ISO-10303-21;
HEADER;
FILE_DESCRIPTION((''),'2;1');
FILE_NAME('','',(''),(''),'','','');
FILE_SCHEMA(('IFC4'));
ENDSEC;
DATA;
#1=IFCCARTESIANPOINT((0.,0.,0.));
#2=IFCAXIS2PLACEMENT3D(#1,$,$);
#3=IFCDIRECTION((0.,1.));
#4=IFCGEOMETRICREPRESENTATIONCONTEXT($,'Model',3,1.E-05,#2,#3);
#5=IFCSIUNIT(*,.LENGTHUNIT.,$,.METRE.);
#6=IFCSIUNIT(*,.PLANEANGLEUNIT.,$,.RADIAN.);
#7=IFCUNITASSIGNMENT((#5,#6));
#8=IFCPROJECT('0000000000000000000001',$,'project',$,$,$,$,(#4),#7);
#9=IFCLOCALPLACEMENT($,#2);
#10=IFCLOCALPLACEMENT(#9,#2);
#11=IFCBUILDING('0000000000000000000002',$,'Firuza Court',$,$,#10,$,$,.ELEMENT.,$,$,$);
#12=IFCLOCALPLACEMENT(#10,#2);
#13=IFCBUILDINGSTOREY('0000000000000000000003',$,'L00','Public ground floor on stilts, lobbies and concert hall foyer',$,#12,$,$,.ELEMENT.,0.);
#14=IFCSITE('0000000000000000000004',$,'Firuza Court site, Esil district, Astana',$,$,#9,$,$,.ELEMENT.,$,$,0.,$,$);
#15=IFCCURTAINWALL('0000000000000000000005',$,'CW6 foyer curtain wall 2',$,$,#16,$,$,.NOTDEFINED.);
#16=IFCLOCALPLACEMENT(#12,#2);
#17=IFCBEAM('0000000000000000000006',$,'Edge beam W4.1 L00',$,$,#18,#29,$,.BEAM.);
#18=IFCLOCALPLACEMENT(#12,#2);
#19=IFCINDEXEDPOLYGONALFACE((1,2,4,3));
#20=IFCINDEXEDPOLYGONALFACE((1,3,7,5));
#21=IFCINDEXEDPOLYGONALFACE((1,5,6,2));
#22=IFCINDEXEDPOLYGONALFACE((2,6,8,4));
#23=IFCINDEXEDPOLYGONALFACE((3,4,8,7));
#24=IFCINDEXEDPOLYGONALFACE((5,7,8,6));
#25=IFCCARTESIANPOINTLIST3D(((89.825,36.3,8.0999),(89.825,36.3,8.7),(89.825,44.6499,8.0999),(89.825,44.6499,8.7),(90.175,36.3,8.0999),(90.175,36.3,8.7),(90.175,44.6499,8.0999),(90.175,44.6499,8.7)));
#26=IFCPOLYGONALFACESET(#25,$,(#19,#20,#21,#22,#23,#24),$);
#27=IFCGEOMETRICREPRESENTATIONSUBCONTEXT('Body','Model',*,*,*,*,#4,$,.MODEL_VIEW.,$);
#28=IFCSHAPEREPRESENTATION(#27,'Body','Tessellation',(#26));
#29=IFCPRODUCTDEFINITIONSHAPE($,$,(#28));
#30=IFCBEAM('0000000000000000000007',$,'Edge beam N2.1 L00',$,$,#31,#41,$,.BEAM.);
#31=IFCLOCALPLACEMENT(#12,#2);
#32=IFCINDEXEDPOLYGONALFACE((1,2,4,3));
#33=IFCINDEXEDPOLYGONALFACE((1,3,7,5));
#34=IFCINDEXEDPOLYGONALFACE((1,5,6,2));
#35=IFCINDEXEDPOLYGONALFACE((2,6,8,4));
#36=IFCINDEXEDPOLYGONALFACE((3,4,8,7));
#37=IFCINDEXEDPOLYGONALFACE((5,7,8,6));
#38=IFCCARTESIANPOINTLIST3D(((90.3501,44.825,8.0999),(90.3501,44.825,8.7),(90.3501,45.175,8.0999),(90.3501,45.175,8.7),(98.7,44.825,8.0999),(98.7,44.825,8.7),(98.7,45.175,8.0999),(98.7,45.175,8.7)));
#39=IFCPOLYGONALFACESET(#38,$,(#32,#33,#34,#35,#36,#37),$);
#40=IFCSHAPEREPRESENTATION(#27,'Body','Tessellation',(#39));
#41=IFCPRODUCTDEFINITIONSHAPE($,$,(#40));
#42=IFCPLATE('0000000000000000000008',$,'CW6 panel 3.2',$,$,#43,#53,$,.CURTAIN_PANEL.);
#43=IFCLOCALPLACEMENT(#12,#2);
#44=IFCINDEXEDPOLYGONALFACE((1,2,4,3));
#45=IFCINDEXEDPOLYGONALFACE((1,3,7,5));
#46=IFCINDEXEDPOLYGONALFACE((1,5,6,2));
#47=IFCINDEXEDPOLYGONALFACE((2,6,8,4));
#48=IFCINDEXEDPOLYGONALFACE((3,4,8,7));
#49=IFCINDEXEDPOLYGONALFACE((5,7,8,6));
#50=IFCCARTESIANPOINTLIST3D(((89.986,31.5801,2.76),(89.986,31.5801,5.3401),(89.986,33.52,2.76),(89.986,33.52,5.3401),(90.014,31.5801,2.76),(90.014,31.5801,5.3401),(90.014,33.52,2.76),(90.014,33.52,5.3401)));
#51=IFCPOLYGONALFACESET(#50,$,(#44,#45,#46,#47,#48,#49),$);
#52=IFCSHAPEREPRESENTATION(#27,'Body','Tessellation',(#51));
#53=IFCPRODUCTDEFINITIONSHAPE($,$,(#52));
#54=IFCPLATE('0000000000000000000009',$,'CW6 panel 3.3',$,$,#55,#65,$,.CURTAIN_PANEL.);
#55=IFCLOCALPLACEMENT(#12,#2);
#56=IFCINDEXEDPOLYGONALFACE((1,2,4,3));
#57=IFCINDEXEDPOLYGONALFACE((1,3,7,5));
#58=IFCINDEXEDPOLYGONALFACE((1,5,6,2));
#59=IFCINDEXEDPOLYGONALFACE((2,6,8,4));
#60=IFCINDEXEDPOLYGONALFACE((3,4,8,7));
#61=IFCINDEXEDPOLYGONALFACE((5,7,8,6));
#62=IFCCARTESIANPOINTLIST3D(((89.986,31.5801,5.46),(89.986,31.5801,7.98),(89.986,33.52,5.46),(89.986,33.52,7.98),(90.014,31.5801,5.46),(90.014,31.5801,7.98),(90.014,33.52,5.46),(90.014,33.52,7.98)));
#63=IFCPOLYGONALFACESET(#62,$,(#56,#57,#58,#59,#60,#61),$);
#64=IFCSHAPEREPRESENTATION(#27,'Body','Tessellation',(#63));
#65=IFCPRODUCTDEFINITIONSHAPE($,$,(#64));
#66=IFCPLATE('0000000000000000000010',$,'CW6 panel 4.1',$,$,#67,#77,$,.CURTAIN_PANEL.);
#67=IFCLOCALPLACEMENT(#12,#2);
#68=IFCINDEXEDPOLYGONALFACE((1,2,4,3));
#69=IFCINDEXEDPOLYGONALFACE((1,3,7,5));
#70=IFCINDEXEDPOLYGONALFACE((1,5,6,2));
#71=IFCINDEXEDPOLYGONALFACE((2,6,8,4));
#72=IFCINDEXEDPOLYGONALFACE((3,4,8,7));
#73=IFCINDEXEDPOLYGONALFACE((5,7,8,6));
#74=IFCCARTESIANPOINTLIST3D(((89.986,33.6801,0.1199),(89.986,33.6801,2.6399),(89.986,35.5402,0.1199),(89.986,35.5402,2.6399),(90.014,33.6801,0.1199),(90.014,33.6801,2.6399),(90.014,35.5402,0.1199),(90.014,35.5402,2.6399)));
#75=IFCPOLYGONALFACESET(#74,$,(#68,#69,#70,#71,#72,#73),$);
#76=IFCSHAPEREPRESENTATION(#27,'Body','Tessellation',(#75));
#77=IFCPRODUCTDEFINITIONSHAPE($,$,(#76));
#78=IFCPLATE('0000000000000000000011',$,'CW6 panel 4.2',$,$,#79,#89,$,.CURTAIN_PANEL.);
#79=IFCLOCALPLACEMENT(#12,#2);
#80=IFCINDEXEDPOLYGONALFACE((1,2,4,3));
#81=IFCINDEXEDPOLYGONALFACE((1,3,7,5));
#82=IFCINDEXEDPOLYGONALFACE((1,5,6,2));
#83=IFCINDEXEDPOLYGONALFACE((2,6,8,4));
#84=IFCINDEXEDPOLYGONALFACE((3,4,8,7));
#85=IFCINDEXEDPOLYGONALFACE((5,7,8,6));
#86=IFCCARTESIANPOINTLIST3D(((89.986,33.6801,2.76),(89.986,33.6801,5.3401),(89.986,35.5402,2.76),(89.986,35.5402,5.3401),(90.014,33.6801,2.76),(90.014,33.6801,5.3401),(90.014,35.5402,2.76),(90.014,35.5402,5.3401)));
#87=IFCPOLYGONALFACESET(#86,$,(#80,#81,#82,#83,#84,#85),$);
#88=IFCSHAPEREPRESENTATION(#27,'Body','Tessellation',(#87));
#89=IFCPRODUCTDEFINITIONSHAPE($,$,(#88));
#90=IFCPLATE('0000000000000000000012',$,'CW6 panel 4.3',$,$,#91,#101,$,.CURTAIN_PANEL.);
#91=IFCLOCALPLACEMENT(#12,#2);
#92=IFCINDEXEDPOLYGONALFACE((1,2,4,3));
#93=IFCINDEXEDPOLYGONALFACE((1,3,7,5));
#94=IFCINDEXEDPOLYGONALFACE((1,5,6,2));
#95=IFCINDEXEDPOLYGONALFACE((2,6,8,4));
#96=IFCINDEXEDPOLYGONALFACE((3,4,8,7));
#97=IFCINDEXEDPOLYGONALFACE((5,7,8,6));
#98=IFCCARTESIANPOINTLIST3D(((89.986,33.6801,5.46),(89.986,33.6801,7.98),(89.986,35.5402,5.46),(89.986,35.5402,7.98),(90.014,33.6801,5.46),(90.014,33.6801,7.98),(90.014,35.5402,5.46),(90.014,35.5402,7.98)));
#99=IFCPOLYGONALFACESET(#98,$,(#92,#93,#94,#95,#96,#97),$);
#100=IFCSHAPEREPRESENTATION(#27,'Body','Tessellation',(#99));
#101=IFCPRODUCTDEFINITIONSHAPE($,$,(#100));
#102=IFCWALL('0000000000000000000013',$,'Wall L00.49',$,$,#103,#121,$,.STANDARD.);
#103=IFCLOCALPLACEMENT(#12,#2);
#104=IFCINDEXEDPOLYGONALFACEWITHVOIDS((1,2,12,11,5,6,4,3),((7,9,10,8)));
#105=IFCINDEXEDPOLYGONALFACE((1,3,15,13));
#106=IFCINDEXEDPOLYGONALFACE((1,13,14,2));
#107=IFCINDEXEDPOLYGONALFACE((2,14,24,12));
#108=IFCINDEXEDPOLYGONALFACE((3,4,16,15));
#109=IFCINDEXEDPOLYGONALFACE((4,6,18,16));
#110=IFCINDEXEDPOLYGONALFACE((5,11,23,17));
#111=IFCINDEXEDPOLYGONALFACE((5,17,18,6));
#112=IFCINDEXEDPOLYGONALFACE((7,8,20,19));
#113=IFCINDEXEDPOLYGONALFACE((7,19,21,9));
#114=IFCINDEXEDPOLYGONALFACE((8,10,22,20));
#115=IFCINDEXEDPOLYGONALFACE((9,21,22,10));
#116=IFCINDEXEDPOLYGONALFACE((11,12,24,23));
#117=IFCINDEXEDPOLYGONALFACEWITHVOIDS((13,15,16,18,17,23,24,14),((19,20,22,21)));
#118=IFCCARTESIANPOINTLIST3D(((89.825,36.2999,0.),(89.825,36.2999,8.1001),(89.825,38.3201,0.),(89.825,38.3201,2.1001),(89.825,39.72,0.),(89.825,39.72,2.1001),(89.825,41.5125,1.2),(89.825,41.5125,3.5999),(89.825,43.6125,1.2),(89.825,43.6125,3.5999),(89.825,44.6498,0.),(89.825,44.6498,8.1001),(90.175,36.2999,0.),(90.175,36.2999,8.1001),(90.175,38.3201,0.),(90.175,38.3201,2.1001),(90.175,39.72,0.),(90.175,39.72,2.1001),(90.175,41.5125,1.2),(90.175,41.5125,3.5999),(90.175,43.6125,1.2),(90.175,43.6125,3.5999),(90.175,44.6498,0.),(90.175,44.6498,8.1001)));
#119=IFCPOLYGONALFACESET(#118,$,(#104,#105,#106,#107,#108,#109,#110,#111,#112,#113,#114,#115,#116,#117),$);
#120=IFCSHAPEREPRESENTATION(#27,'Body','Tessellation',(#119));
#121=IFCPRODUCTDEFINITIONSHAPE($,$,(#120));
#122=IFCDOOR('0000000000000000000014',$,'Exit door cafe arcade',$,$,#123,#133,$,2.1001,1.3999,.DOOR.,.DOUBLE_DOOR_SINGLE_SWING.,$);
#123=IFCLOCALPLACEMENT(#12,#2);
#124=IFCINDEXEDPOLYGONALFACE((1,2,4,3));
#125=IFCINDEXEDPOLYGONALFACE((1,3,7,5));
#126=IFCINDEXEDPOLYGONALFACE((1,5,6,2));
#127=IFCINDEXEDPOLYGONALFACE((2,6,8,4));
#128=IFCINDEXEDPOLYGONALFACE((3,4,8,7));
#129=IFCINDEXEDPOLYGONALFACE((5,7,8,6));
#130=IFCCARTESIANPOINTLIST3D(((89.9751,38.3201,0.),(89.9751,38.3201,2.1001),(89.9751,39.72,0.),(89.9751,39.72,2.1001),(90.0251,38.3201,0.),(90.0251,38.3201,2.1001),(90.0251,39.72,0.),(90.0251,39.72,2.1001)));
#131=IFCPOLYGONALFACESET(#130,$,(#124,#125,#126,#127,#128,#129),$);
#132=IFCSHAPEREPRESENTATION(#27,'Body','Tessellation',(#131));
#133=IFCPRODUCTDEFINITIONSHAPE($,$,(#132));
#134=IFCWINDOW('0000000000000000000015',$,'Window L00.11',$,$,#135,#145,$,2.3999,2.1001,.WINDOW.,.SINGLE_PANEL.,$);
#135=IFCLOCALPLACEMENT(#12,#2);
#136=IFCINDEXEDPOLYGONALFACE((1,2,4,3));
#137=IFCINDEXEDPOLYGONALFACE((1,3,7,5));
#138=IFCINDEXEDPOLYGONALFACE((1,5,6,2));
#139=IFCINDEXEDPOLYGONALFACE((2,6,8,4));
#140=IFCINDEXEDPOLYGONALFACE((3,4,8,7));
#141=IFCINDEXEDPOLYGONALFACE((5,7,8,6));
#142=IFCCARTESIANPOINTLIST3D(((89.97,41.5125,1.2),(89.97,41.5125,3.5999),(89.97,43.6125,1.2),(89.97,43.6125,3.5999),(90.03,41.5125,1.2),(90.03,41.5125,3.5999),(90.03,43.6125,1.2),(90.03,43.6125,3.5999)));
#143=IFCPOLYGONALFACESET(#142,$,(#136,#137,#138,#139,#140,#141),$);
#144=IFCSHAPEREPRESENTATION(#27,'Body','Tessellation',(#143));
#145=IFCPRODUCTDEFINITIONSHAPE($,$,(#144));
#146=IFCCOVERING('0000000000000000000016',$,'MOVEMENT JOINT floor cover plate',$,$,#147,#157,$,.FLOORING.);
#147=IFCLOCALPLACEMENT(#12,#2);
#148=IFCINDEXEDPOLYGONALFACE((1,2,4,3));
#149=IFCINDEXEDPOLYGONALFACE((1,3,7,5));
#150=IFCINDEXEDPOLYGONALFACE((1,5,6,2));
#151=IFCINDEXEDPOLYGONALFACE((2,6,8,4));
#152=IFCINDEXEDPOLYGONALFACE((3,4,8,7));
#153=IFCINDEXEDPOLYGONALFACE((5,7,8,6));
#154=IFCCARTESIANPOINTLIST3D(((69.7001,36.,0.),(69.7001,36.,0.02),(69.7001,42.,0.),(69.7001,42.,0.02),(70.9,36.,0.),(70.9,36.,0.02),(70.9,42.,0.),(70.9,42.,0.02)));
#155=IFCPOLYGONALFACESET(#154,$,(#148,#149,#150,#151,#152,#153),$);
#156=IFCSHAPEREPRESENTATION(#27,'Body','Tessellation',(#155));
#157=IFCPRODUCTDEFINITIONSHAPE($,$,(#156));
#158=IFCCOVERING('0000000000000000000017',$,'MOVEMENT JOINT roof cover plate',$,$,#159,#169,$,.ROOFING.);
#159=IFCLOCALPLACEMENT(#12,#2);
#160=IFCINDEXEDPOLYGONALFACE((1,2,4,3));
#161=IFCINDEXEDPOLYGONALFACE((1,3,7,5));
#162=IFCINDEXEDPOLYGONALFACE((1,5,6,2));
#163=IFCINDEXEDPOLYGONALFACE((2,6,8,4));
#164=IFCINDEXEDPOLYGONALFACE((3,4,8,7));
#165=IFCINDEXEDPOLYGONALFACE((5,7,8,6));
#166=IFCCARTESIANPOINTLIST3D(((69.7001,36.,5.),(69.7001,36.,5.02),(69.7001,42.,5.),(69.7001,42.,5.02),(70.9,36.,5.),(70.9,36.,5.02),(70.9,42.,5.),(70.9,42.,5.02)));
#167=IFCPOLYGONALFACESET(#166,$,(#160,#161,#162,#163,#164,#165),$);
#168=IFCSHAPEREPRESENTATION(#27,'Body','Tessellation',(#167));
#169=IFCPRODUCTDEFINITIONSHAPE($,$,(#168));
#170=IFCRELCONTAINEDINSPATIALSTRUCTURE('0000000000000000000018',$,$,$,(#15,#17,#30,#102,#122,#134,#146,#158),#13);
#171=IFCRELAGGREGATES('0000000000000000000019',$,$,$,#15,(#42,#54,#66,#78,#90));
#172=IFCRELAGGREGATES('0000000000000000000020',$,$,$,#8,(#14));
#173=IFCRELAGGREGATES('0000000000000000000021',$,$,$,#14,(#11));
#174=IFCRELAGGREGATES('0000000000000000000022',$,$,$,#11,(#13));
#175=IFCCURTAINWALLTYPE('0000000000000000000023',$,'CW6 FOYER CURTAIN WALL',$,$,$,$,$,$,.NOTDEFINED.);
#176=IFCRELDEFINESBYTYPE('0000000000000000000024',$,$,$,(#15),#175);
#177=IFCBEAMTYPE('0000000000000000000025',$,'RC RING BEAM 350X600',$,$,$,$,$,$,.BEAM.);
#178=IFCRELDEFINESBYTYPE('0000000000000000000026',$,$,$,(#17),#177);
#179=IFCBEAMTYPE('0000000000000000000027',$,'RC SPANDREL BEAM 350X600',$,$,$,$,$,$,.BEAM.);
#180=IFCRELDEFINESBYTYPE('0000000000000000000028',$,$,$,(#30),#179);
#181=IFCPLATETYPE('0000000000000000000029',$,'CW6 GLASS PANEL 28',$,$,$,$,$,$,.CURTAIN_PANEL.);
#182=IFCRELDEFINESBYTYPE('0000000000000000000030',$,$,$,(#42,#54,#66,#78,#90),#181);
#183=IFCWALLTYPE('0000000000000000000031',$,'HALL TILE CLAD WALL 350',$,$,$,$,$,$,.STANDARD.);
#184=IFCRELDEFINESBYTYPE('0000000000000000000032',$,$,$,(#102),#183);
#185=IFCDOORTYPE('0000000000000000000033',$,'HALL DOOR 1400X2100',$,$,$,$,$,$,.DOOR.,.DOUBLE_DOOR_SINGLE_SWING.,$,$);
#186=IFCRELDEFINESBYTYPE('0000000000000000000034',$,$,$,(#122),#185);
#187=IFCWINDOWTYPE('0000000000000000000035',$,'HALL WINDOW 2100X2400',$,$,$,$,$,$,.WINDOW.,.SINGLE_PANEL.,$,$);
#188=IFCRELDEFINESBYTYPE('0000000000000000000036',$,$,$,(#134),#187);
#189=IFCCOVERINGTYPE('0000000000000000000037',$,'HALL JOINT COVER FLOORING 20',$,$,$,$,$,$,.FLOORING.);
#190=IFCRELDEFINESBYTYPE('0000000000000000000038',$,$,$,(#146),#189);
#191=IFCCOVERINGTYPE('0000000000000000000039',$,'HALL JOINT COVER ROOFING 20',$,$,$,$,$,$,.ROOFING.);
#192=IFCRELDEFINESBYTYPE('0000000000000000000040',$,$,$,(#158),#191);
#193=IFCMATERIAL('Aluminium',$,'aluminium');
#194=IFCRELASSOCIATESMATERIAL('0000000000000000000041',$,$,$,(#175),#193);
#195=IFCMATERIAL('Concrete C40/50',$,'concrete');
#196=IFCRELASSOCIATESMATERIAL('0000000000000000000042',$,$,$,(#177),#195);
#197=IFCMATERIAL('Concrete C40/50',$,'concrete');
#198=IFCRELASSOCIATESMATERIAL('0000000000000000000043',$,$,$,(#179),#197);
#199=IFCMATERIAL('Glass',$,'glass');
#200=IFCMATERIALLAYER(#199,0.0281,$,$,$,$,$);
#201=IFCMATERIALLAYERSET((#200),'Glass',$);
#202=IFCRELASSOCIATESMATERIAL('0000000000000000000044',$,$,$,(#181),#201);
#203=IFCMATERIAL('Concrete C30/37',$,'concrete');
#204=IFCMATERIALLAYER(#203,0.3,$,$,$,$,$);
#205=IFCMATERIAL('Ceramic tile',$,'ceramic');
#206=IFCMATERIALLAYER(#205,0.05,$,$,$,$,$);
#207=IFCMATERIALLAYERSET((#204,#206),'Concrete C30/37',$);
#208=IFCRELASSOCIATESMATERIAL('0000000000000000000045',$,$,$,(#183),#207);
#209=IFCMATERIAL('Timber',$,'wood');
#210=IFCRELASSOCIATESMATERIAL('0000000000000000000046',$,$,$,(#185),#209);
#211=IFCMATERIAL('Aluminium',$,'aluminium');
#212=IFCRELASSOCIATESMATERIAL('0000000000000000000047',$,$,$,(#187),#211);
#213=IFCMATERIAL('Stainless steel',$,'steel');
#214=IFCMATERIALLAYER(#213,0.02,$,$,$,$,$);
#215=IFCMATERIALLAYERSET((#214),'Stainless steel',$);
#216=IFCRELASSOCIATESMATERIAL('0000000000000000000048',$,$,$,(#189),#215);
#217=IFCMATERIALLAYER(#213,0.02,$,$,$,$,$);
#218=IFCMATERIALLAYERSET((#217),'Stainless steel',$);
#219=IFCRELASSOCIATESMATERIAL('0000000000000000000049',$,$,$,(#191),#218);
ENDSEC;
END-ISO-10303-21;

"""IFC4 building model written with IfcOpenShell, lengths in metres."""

from ifc_helpers import new_model, si_unit, direction, frame, frame_2d, origin, origin_2d, place, context, subcontext, project, spatial, rectangle, extrude, material, layer, layer_set, material_profile, profile_set, type_object, element, fill, aggregate, save


model = new_model("IFC4")

# Units and contexts
model_context = context("Model", 3, precision=1e-05, world=origin(), true_north=direction((0.0, 1.0)))
body_context = subcontext(model_context, "Body", "Model", "MODEL_VIEW")
ifc_project = project(units=[si_unit("LENGTHUNIT", "METRE"), si_unit("PLANEANGLEUNIT", "RADIAN")], contexts=[model_context])

# Site, building, storey
site_placement = place(None, origin())
site = spatial("IfcSite", under=ifc_project, at=site_placement, Name="Firuza Court site, Esil district, Astana", CompositionType="ELEMENT", RefElevation=0.0)
building_placement = place(site_placement, origin())
building = spatial("IfcBuilding", under=site, at=building_placement, Name="Firuza Court", CompositionType="ELEMENT")
storey_placement = place(building_placement, origin())
storey = spatial("IfcBuildingStorey", under=building, at=storey_placement, Name="L00", Description="Public ground floor on stilts, lobbies and concert hall foyer", CompositionType="ELEMENT", Elevation=0.0)

# Curtain wall
ifc_material_1 = material(Name="Aluminium", Category="aluminium")
curtain_wall_type = type_object("IfcCurtainWallType", Name="CW6 FOYER CURTAIN WALL", PredefinedType="NOTDEFINED", material=ifc_material_1)
curtain_wall_placement = place(storey_placement, origin())
curtain_wall = element("IfcCurtainWall", 1, at=curtain_wall_placement, inside=storey, type_object=curtain_wall_type, Name="CW6 foyer curtain wall 2", PredefinedType="NOTDEFINED")

# Beams
ifc_material_2 = material(Name="Concrete C40/50", Category="concrete")
ifc_material_profile_1 = material_profile(ifc_material_2, rectangle(XDim=0.3501, YDim=0.6001, at=origin_2d()), Name="RC 350X600")
ifc_profile_set_1 = profile_set([ifc_material_profile_1], Name="Concrete C40/50")
beam_type_1 = type_object("IfcBeamType", Name="RC RING BEAM 350X600", PredefinedType="BEAM", material=ifc_profile_set_1)
beam_1_placement = place(storey_placement, frame((90.0, 36.3, 8.3999), z_axis=(0.0, 1.0, 0.0), x_axis=(-1.0, 0.0, 0.0)))
element("IfcBeam", 2, at=beam_1_placement, inside=storey, type_object=beam_type_1, Name="Edge beam W4.1 L00", PredefinedType="BEAM", context=body_context, shape_type="SweptSolid", body=[
    extrude(rectangle(XDim=0.3501, YDim=0.6001, at=origin_2d()), origin(), (0.0, 0.0, 1.0), 8.3499),
])
ifc_material_3 = material(Name="Concrete C40/50", Category="concrete")
ifc_material_profile_2 = material_profile(ifc_material_3, rectangle(XDim=0.3501, YDim=0.6001, at=origin_2d()), Name="RC 350X600")
ifc_profile_set_2 = profile_set([ifc_material_profile_2], Name="Concrete C40/50")
beam_type_2 = type_object("IfcBeamType", Name="RC SPANDREL BEAM 350X600", PredefinedType="BEAM", material=ifc_profile_set_2)
beam_2_placement = place(storey_placement, frame((90.3501, 45.0, 8.3999), z_axis=(1.0, 0.0, 0.0), x_axis=(0.0, 1.0, 0.0)))
element("IfcBeam", 3, at=beam_2_placement, inside=storey, type_object=beam_type_2, Name="Edge beam N2.1 L00", PredefinedType="BEAM", context=body_context, shape_type="SweptSolid", body=[
    extrude(rectangle(XDim=0.3501, YDim=0.6001, at=origin_2d()), origin(), (0.0, 0.0, 1.0), 8.3499),
])

# Plates
ifc_material_4 = material(Name="Glass", Category="glass")
ifc_layer_1 = layer(ifc_material_4, 0.0281)
ifc_layer_set_1 = layer_set([ifc_layer_1], Name="Glass")
plate_type = type_object("IfcPlateType", Name="CW6 GLASS PANEL 28", PredefinedType="CURTAIN_PANEL", material=ifc_layer_set_1)
plate_1_placement = place(storey_placement, frame((90.0, 32.55, 2.76), z_axis=(0.0, 0.0, 1.0), x_axis=(0.0, 1.0, 0.0)))
plate_1 = element("IfcPlate", 4, at=plate_1_placement, type_object=plate_type, Name="CW6 panel 3.2", PredefinedType="CURTAIN_PANEL", context=body_context, shape_type="SweptSolid", body=[
    extrude(rectangle(XDim=1.9399, YDim=0.0281, at=origin_2d()), origin(), (0.0, 0.0, 1.0), 2.5801),
])
plate_2_placement = place(storey_placement, frame((90.0, 32.55, 5.46), z_axis=(0.0, 0.0, 1.0), x_axis=(0.0, 1.0, 0.0)))
plate_2 = element("IfcPlate", 5, at=plate_2_placement, type_object=plate_type, Name="CW6 panel 3.3", PredefinedType="CURTAIN_PANEL", context=body_context, shape_type="SweptSolid", body=[
    extrude(rectangle(XDim=1.9399, YDim=0.0281, at=origin_2d()), origin(), (0.0, 0.0, 1.0), 2.52),
])
plate_3_placement = place(storey_placement, frame((90.0, 34.6101, 0.1199), z_axis=(0.0, 0.0, 1.0), x_axis=(0.0, 1.0, 0.0)))
plate_3 = element("IfcPlate", 6, at=plate_3_placement, type_object=plate_type, Name="CW6 panel 4.1", PredefinedType="CURTAIN_PANEL", context=body_context, shape_type="SweptSolid", body=[
    extrude(rectangle(XDim=1.8601, YDim=0.0281, at=origin_2d()), origin(), (0.0, 0.0, 1.0), 2.52),
])
plate_4_placement = place(storey_placement, frame((90.0, 34.6101, 2.76), z_axis=(0.0, 0.0, 1.0), x_axis=(0.0, 1.0, 0.0)))
plate_4 = element("IfcPlate", 7, at=plate_4_placement, type_object=plate_type, Name="CW6 panel 4.2", PredefinedType="CURTAIN_PANEL", context=body_context, shape_type="SweptSolid", body=[
    extrude(rectangle(XDim=1.8601, YDim=0.0281, at=origin_2d()), origin(), (0.0, 0.0, 1.0), 2.5801),
])
plate_5_placement = place(storey_placement, frame((90.0, 34.6101, 5.46), z_axis=(0.0, 0.0, 1.0), x_axis=(0.0, 1.0, 0.0)))
plate_5 = element("IfcPlate", 8, at=plate_5_placement, type_object=plate_type, Name="CW6 panel 4.3", PredefinedType="CURTAIN_PANEL", context=body_context, shape_type="SweptSolid", body=[
    extrude(rectangle(XDim=1.8601, YDim=0.0281, at=origin_2d()), origin(), (0.0, 0.0, 1.0), 2.52),
])
aggregate(curtain_wall, [plate_1, plate_2, plate_3, plate_4, plate_5])

# Wall, openings, door, window
ifc_material_5 = material(Name="Concrete C30/37", Category="concrete")
ifc_layer_2 = layer(ifc_material_5, 0.3)
ifc_material_6 = material(Name="Ceramic tile", Category="ceramic")
ifc_layer_3 = layer(ifc_material_6, 0.05)
ifc_layer_set_2 = layer_set([ifc_layer_2, ifc_layer_3], Name="Concrete C30/37")
wall_type = type_object("IfcWallType", Name="HALL TILE CLAD WALL 350", PredefinedType="STANDARD", material=ifc_layer_set_2)
wall_placement = place(storey_placement, frame((90.0, 36.3, 0.0), z_axis=(0.0, 0.0, 1.0), x_axis=(0.0, 1.0, 0.0)))
wall = element("IfcWall", 9, at=wall_placement, inside=storey, type_object=wall_type, Name="Wall L00.49", PredefinedType="STANDARD", context=body_context, shape_type="SweptSolid", body=[
    extrude(rectangle(XDim=8.3499, YDim=0.3501, at=frame_2d((4.1748, 0.0))), origin(), (0.0, 0.0, 1.0), 8.1001),
])
opening_1_placement = place(wall_placement, frame((2.02, 0.0, 0.0)))
opening_1 = element("IfcOpeningElement", 10, at=opening_1_placement, cuts=wall, PredefinedType="OPENING", context=body_context, shape_type="SweptSolid", body=[
    extrude(rectangle(XDim=1.3999, YDim=2.1001, at=frame_2d((0.7, 1.05))), frame((0.0, 0.187, 0.0), z_axis=(0.0, -1.0, 0.0), x_axis=(1.0, 0.0, 0.0)), (0.0, 0.0, 1.0), 0.374),
])
opening_2_placement = place(wall_placement, frame((5.2124, 0.0, 1.2)))
opening_2 = element("IfcOpeningElement", 11, at=opening_2_placement, cuts=wall, PredefinedType="OPENING", context=body_context, shape_type="SweptSolid", body=[
    extrude(rectangle(XDim=2.1001, YDim=2.3999, at=frame_2d((1.05, 1.2))), frame((0.0, 0.187, 0.0), z_axis=(0.0, -1.0, 0.0), x_axis=(1.0, 0.0, 0.0)), (0.0, 0.0, 1.0), 0.374),
])
ifc_material_7 = material(Name="Timber", Category="wood")
door_type = type_object("IfcDoorType", Name="HALL DOOR 1400X2100", OperationType="DOUBLE_DOOR_SINGLE_SWING", PredefinedType="DOOR", material=ifc_material_7)
door_placement = place(opening_1_placement, origin())
door = element("IfcDoor", 12, at=door_placement, inside=storey, type_object=door_type, Name="Exit door cafe arcade", OperationType="DOUBLE_DOOR_SINGLE_SWING", OverallHeight=2.1001, OverallWidth=1.3999, PredefinedType="DOOR", context=body_context, shape_type="SweptSolid", body=[
    extrude(rectangle(XDim=1.3999, YDim=2.1001, at=frame_2d((0.7, 1.05))), frame((0.0, 0.0249, 0.0), z_axis=(0.0, -1.0, 0.0), x_axis=(1.0, 0.0, 0.0)), (0.0, 0.0, 1.0), 0.05),
])
fill(opening_1, door)
ifc_material_8 = material(Name="Aluminium", Category="aluminium")
window_type = type_object("IfcWindowType", Name="HALL WINDOW 2100X2400", PartitioningType="SINGLE_PANEL", PredefinedType="WINDOW", material=ifc_material_8)
window_placement = place(opening_2_placement, origin())
window = element("IfcWindow", 13, at=window_placement, inside=storey, type_object=window_type, Name="Window L00.11", OverallHeight=2.3999, OverallWidth=2.1001, PartitioningType="SINGLE_PANEL", PredefinedType="WINDOW", context=body_context, shape_type="SweptSolid", body=[
    extrude(rectangle(XDim=2.1001, YDim=2.3999, at=frame_2d((1.05, 1.2))), frame((0.0, 0.03, 0.0), z_axis=(0.0, -1.0, 0.0), x_axis=(1.0, 0.0, 0.0)), (0.0, 0.0, 1.0), 0.0601),
])
fill(opening_2, window)

# Coverings
ifc_material_9 = material(Name="Stainless steel", Category="steel")
ifc_layer_4 = layer(ifc_material_9, 0.02)
ifc_layer_set_3 = layer_set([ifc_layer_4], Name="Stainless steel")
covering_type_1 = type_object("IfcCoveringType", Name="HALL JOINT COVER FLOORING 20", PredefinedType="FLOORING", material=ifc_layer_set_3)
covering_1_placement = place(storey_placement, frame((70.3, 39.0, 0.0), z_axis=(0.0, 0.0, 1.0), x_axis=(1.0, 0.0, 0.0)))
element("IfcCovering", 14, at=covering_1_placement, inside=storey, type_object=covering_type_1, Name="MOVEMENT JOINT floor cover plate", PredefinedType="FLOORING", context=body_context, shape_type="SweptSolid", body=[
    extrude(rectangle(XDim=1.2, YDim=6.0, at=origin_2d()), origin(), (0.0, 0.0, 1.0), 0.02),
])
ifc_layer_5 = layer(ifc_material_9, 0.02)
ifc_layer_set_4 = layer_set([ifc_layer_5], Name="Stainless steel")
covering_type_2 = type_object("IfcCoveringType", Name="HALL JOINT COVER ROOFING 20", PredefinedType="ROOFING", material=ifc_layer_set_4)
covering_2_placement = place(storey_placement, frame((70.3, 39.0, 5.0), z_axis=(0.0, 0.0, 1.0), x_axis=(1.0, 0.0, 0.0)))
element("IfcCovering", 15, at=covering_2_placement, inside=storey, type_object=covering_type_2, Name="MOVEMENT JOINT roof cover plate", PredefinedType="ROOFING", context=body_context, shape_type="SweptSolid", body=[
    extrude(rectangle(XDim=1.2, YDim=6.0, at=origin_2d()), origin(), (0.0, 0.0, 1.0), 0.02),
])

save(model, "model.ifc")
